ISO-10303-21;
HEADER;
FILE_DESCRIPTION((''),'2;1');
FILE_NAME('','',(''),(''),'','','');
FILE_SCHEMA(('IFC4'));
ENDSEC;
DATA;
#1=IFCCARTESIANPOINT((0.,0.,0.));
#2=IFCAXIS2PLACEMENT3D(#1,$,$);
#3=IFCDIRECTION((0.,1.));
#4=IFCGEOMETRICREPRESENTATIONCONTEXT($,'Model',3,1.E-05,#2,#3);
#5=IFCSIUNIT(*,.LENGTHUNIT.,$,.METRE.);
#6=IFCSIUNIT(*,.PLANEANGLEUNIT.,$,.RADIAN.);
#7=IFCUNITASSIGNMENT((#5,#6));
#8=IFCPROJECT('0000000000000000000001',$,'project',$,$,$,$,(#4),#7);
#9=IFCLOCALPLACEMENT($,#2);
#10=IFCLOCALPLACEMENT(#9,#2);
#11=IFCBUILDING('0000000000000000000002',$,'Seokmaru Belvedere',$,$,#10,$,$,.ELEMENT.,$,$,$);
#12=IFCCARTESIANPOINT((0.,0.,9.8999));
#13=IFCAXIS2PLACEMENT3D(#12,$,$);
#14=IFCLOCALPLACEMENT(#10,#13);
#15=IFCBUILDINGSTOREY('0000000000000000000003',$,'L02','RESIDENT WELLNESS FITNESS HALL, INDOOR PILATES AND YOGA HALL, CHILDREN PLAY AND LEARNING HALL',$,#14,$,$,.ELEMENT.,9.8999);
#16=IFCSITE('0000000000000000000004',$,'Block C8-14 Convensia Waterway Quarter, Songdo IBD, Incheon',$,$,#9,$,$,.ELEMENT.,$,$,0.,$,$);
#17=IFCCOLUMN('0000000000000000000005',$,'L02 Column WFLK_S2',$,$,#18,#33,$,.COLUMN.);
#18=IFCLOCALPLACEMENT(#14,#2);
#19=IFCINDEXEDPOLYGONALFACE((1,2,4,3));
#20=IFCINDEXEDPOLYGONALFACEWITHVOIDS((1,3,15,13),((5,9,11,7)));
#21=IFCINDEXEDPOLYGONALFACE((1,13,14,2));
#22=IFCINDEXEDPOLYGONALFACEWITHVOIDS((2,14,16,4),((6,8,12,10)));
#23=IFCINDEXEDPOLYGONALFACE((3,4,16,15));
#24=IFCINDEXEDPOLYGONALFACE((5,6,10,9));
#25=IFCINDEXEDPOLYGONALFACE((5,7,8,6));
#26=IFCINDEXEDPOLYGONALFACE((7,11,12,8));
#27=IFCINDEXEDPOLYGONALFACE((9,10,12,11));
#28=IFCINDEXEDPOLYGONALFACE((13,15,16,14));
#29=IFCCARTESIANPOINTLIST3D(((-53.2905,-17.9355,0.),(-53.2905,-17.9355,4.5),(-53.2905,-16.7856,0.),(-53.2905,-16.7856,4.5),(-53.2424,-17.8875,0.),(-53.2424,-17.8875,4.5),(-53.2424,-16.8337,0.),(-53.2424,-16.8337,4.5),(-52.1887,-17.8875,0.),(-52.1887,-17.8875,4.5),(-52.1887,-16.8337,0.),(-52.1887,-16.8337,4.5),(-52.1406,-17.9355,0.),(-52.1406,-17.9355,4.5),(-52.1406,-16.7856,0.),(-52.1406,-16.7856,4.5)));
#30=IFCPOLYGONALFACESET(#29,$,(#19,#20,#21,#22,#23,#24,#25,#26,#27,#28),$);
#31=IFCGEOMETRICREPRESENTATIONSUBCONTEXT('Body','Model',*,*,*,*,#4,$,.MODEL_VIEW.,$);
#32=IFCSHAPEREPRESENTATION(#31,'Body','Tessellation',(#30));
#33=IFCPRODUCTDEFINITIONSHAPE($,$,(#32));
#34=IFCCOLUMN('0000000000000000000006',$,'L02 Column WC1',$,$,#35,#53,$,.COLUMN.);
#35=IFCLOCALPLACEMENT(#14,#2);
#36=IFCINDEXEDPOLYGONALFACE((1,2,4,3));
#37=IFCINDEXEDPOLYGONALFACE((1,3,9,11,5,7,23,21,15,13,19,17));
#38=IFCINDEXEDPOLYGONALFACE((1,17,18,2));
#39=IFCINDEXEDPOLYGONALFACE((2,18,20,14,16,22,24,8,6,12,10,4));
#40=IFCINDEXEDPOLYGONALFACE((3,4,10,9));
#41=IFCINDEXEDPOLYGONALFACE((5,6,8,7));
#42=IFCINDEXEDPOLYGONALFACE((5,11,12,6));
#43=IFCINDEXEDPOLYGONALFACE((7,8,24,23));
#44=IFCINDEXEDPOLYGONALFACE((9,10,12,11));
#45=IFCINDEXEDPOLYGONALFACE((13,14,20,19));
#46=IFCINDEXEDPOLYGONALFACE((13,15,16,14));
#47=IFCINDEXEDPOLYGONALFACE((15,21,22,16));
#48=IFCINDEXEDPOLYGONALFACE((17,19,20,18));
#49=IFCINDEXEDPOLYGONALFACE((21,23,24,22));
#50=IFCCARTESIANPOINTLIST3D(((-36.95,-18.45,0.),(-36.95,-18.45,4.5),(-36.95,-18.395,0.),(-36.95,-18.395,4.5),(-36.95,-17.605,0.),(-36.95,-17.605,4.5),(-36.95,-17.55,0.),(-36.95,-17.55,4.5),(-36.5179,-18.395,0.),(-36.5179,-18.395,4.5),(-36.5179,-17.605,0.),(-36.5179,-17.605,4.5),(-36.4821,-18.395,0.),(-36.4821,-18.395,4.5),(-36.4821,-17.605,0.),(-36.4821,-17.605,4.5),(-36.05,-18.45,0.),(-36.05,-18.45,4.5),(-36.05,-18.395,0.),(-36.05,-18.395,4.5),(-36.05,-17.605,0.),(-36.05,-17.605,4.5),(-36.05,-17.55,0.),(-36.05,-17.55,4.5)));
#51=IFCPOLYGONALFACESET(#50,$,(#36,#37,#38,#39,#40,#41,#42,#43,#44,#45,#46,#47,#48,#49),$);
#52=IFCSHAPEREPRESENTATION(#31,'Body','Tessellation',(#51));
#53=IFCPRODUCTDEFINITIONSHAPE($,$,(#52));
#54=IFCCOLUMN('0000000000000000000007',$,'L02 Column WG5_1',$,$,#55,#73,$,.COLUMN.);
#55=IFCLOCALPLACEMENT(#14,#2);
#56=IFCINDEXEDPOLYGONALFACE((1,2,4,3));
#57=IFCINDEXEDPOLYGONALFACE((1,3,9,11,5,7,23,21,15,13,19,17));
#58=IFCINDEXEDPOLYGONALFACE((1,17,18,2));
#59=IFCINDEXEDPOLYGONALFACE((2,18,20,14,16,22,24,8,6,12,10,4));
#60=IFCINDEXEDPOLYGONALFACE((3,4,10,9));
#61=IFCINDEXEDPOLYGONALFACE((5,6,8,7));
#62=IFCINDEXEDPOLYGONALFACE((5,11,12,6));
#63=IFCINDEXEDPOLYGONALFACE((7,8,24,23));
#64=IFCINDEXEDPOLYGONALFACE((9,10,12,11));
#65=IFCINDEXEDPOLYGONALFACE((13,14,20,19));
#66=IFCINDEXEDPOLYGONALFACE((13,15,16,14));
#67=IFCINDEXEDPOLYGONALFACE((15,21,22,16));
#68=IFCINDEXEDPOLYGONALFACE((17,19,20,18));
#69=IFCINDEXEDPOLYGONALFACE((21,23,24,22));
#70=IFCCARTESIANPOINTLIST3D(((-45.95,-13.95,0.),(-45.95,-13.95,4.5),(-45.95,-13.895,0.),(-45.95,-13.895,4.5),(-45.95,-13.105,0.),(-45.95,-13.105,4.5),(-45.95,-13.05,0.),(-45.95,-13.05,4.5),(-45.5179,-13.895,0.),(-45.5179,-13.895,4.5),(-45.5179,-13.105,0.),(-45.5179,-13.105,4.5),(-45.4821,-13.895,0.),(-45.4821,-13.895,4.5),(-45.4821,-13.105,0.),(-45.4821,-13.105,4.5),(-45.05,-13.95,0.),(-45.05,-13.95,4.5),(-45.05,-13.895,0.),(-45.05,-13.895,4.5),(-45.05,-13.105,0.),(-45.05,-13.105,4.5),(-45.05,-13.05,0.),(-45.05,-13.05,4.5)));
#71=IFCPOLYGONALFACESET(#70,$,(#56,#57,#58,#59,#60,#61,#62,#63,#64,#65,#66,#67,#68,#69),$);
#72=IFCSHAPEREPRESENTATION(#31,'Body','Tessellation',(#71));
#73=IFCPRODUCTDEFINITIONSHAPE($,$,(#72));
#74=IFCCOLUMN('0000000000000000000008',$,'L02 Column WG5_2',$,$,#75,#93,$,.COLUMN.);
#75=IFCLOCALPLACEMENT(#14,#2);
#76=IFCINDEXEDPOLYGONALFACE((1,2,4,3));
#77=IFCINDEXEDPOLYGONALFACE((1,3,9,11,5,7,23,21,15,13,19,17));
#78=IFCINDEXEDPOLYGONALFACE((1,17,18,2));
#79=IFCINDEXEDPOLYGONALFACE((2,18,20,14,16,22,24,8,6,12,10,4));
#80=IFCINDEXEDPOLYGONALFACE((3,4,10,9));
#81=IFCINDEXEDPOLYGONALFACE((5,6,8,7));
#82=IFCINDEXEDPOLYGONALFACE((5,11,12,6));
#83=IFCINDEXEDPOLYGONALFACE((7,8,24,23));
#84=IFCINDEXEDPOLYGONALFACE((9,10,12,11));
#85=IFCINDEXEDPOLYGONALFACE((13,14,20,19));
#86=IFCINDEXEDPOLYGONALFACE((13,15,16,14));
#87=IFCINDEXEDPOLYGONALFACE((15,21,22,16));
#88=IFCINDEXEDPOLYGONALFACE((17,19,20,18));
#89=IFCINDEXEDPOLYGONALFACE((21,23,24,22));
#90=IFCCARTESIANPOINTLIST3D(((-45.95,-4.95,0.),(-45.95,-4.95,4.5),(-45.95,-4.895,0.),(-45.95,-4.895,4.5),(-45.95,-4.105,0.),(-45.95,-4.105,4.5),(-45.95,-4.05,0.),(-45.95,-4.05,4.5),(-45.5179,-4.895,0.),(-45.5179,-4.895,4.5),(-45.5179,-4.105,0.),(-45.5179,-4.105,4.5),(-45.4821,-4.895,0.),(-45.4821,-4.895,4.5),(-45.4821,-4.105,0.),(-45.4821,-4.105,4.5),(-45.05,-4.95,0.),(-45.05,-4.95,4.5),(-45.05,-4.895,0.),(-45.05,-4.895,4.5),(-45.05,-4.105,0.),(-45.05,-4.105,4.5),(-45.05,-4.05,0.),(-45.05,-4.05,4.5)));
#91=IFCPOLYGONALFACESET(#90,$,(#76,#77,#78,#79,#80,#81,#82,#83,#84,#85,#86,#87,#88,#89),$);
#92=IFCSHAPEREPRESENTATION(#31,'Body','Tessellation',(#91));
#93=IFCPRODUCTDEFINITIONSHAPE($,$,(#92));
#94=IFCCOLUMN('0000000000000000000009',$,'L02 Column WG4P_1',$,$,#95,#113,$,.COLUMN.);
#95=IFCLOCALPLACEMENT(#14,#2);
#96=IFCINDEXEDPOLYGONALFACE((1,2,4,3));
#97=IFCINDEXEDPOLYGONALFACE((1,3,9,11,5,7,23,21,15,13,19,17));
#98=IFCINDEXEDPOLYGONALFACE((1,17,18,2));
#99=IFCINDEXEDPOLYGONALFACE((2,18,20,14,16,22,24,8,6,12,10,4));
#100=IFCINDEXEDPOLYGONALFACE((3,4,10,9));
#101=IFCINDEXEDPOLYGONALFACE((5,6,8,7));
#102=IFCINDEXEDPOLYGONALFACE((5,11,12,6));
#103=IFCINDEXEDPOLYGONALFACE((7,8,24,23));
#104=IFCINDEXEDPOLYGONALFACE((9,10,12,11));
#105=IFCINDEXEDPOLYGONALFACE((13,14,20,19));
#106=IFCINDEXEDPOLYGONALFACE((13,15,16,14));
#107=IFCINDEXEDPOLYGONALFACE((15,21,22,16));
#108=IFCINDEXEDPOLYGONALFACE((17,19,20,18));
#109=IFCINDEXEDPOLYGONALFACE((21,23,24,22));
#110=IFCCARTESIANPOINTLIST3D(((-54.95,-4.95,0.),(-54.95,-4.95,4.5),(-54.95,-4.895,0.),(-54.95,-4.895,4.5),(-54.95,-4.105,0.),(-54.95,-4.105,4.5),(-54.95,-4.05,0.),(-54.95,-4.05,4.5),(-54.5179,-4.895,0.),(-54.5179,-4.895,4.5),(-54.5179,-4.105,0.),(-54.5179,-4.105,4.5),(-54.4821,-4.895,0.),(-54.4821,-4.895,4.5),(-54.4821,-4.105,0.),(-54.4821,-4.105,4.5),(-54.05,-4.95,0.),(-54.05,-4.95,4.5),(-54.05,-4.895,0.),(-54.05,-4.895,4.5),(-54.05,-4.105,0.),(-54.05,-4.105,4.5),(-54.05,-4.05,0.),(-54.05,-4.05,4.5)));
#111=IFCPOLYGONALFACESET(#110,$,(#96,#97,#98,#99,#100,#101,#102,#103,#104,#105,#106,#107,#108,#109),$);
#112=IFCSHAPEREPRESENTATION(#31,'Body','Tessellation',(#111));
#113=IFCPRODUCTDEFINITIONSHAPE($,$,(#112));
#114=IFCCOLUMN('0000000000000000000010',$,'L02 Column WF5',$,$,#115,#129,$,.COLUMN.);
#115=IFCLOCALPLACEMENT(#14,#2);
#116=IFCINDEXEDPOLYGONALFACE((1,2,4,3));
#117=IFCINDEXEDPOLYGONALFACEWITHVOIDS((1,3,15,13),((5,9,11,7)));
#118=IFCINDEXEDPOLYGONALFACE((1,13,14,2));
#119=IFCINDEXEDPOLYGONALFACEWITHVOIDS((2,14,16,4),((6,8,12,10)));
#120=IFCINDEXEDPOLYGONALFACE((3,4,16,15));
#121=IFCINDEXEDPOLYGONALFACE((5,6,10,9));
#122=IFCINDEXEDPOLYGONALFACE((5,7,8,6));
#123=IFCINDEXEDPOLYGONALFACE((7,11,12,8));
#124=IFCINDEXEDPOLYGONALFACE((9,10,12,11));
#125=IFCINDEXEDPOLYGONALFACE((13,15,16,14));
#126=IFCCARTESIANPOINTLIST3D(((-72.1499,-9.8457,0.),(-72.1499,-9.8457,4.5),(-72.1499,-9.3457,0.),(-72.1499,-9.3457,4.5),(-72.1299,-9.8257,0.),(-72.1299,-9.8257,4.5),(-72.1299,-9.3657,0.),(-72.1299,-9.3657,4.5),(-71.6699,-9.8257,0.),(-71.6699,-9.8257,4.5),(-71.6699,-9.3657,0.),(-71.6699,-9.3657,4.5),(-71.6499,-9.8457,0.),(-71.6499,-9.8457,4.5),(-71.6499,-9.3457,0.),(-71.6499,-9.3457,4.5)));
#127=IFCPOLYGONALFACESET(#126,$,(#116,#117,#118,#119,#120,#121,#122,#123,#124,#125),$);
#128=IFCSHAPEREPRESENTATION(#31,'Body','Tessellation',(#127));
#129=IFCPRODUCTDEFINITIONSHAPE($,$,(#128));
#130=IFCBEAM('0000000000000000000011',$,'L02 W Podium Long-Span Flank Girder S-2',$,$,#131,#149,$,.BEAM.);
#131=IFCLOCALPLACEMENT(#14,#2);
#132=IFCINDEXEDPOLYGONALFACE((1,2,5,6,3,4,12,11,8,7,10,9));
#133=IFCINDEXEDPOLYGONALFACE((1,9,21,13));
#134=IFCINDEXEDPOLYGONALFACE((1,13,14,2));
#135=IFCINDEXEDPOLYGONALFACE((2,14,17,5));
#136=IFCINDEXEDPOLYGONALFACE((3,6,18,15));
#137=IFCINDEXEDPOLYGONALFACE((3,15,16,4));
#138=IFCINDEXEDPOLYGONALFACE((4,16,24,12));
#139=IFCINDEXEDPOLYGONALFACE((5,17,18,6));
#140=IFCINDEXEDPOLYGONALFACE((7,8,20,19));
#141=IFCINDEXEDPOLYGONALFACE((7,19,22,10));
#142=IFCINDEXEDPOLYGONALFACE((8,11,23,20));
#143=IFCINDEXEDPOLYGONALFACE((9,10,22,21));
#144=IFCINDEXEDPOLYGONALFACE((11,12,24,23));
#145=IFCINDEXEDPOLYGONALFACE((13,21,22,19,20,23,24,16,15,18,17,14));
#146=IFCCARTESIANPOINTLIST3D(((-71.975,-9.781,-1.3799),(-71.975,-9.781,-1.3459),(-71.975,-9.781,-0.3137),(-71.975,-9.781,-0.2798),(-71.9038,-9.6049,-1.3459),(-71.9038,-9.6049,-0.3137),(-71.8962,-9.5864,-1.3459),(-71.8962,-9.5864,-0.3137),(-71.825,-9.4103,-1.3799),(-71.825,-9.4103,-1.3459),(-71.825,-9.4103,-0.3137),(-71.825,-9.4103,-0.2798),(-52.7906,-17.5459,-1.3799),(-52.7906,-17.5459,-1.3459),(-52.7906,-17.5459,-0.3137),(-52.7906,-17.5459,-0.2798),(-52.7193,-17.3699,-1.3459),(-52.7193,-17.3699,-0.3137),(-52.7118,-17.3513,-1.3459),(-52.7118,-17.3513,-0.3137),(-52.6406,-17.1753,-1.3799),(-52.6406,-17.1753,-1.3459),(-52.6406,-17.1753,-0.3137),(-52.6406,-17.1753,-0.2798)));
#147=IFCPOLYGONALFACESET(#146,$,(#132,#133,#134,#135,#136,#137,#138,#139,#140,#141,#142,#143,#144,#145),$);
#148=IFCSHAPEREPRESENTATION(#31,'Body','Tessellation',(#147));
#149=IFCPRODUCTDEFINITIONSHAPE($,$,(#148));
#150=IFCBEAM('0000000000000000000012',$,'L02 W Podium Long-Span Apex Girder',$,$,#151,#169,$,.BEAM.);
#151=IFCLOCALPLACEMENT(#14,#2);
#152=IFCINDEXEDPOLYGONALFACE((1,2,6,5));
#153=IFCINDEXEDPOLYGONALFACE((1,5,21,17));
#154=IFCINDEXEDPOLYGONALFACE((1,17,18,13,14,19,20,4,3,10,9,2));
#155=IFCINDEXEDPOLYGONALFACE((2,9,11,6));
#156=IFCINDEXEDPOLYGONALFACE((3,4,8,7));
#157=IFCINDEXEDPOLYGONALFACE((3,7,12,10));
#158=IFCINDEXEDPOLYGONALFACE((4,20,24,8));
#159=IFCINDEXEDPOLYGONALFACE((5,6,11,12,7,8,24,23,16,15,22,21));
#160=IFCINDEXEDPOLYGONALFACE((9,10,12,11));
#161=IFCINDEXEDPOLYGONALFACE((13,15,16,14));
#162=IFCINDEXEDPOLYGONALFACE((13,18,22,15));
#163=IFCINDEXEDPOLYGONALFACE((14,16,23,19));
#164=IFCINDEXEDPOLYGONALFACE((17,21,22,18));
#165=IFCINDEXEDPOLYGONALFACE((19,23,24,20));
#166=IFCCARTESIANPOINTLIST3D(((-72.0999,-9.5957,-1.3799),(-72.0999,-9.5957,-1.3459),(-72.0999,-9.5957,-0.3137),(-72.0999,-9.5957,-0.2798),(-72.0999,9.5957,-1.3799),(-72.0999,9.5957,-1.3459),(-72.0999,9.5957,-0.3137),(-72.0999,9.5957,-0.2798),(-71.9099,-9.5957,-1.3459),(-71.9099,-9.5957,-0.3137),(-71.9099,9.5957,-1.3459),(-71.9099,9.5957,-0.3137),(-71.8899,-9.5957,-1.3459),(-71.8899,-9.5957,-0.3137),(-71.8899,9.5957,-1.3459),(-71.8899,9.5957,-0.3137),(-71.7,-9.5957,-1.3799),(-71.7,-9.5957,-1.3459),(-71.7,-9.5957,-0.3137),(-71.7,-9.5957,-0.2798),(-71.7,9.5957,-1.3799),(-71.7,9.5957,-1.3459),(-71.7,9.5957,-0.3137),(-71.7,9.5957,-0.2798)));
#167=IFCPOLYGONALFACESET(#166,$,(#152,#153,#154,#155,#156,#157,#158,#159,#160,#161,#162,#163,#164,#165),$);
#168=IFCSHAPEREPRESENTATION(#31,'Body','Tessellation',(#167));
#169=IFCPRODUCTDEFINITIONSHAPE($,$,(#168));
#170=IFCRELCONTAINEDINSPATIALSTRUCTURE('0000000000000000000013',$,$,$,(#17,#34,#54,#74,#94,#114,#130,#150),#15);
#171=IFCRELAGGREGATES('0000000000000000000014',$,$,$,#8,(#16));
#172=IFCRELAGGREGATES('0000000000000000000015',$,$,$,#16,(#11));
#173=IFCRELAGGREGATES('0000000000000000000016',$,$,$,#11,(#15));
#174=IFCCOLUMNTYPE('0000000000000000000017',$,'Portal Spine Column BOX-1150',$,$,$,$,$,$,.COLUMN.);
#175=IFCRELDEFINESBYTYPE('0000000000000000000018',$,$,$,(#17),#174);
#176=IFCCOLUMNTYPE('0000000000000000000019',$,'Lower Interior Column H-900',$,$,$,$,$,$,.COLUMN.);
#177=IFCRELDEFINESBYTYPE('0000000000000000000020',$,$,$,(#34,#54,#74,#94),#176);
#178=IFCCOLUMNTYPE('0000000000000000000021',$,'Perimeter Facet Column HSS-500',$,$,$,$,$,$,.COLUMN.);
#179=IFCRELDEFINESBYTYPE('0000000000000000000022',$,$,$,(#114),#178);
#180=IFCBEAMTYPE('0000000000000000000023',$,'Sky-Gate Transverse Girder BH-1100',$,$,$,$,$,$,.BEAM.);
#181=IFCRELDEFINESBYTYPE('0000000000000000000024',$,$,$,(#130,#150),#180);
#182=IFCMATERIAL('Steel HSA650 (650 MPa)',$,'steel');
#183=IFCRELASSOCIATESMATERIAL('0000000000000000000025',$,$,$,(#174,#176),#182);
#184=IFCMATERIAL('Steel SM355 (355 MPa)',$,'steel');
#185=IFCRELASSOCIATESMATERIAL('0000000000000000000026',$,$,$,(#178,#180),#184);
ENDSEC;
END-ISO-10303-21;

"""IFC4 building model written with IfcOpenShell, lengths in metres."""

from ifc_helpers import new_model, si_unit, direction, frame, origin, origin_2d, place, context, subcontext, project, spatial, hollow_rectangle, i_section, extrude, source, transform, mapped, material, material_profile, profile_set, type_object, type_shapes, element, save


model = new_model("IFC4")

# Units and contexts
model_context = context("Model", 3, precision=1e-05, world=origin(), true_north=direction((0.0, 1.0)))
body_context = subcontext(model_context, "Body", "Model", "MODEL_VIEW")
ifc_project = project(units=[si_unit("LENGTHUNIT", "METRE"), si_unit("PLANEANGLEUNIT", "RADIAN")], contexts=[model_context])

# Site, building, storey
site_placement = place(None, origin())
site = spatial("IfcSite", under=ifc_project, at=site_placement, Name="Block C8-14 Convensia Waterway Quarter, Songdo IBD, Incheon", CompositionType="ELEMENT", RefElevation=0.0)
building_placement = place(site_placement, origin())
building = spatial("IfcBuilding", under=site, at=building_placement, Name="Seokmaru Belvedere", CompositionType="ELEMENT")
storey_placement = place(building_placement, frame((0.0, 0.0, 9.8999)))
storey = spatial("IfcBuildingStorey", under=building, at=storey_placement, Name="L02", Description="RESIDENT WELLNESS FITNESS HALL, INDOOR PILATES AND YOGA HALL, CHILDREN PLAY AND LEARNING HALL", CompositionType="ELEMENT", Elevation=9.8999)

# Columns
ifc_material_1 = material(Name="Steel HSA650 (650 MPa)", Category="steel")
ifc_material_profile_1 = material_profile(ifc_material_1, hollow_rectangle(XDim=1.1499, YDim=1.1499, WallThickness=0.0481, at=origin_2d()), Name="BOX-1150x1150x48")
ifc_profile_set_1 = profile_set([ifc_material_profile_1], Name="Steel HSA650 (650 MPa)")
column_type_1 = type_object("IfcColumnType", Name="Portal Spine Column BOX-1150", PredefinedType="COLUMN", material=ifc_profile_set_1)
shared_shape_1 = source(origin(), body_context, "Body", "SweptSolid", [
    extrude(hollow_rectangle(XDim=1.1499, YDim=1.1499, WallThickness=0.0481, at=origin_2d()), origin(), (0.0, 0.0, 1.0), 4.5),
])
type_shapes(column_type_1, [shared_shape_1])
column_1_placement = place(storey_placement, frame((-52.7156, -17.3606, 0.0), z_axis=(0.0, 0.0, 1.0), x_axis=(1.0, 0.0, 0.0)))
element("IfcColumn", 1, at=column_1_placement, inside=storey, type_object=column_type_1, Name="L02 Column WFLK_S2", PredefinedType="COLUMN", context=body_context, shape_type="MappedRepresentation", body=[
    mapped(shared_shape_1, transform((0.0, 0.0, 0.0), scale=1.0)),
])
ifc_material_profile_2 = material_profile(ifc_material_1, i_section(OverallWidth=0.8999, OverallDepth=0.8999, WebThickness=0.0359, FlangeThickness=0.0549, at=origin_2d()), Name="H-900x900x36x55")
ifc_profile_set_2 = profile_set([ifc_material_profile_2], Name="Steel HSA650 (650 MPa)")
column_type_2 = type_object("IfcColumnType", Name="Lower Interior Column H-900", PredefinedType="COLUMN", material=ifc_profile_set_2)
shared_shape_2 = source(origin(), body_context, "Body", "SweptSolid", [
    extrude(i_section(OverallWidth=0.8999, OverallDepth=0.8999, WebThickness=0.0359, FlangeThickness=0.0549, at=origin_2d()), origin(), (0.0, 0.0, 1.0), 4.5),
])
type_shapes(column_type_2, [shared_shape_2])
for number, where, z_axis, x_axis, name in (
    (2, (-36.5, -18.0, 0.0), (0.0, 0.0, 1.0), (1.0, 0.0, 0.0), "L02 Column WC1"),
    (3, (-45.5, -13.5, 0.0), (0.0, 0.0, 1.0), (1.0, 0.0, 0.0), "L02 Column WG5_1"),
    (4, (-45.5, -4.5, 0.0), (0.0, 0.0, 1.0), (1.0, 0.0, 0.0), "L02 Column WG5_2"),
    (5, (-54.5, -4.5, 0.0), (0.0, 0.0, 1.0), (1.0, 0.0, 0.0), "L02 Column WG4P_1"),
):
    element("IfcColumn", number, at=place(storey_placement, frame(where, z_axis=z_axis, x_axis=x_axis)), inside=storey, type_object=column_type_2, Name=name, PredefinedType="COLUMN", context=body_context, shape_type="MappedRepresentation", body=[
        mapped(shared_shape_2, transform((0.0, 0.0, 0.0), scale=1.0)),
    ])
ifc_material_2 = material(Name="Steel SM355 (355 MPa)", Category="steel")
ifc_material_profile_3 = material_profile(ifc_material_2, hollow_rectangle(XDim=0.5, YDim=0.5, WallThickness=0.02, at=origin_2d()), Name="HSS-500x500x20")
ifc_profile_set_3 = profile_set([ifc_material_profile_3], Name="Steel SM355 (355 MPa)")
column_type_3 = type_object("IfcColumnType", Name="Perimeter Facet Column HSS-500", PredefinedType="COLUMN", material=ifc_profile_set_3)
shared_shape_3 = source(origin(), body_context, "Body", "SweptSolid", [
    extrude(hollow_rectangle(XDim=0.5, YDim=0.5, WallThickness=0.02, at=origin_2d()), origin(), (0.0, 0.0, 1.0), 4.5),
])
type_shapes(column_type_3, [shared_shape_3])
column_2_placement = place(storey_placement, frame((-71.8999, -9.5957, 0.0), z_axis=(0.0, 0.0, 1.0), x_axis=(1.0, 0.0, 0.0)))
element("IfcColumn", 6, at=column_2_placement, inside=storey, type_object=column_type_3, Name="L02 Column WF5", PredefinedType="COLUMN", context=body_context, shape_type="MappedRepresentation", body=[
    mapped(shared_shape_3, transform((0.0, 0.0, 0.0), scale=1.0)),
])

# Beams
ifc_material_profile_4 = material_profile(ifc_material_2, i_section(OverallWidth=0.3999, OverallDepth=1.1001, WebThickness=0.02, FlangeThickness=0.0339, at=origin_2d()), Name="BH-1100x400x20x34")
ifc_profile_set_4 = profile_set([ifc_material_profile_4], Name="Steel SM355 (355 MPa)")
beam_type_1 = type_object("IfcBeamType", Name="Sky-Gate Transverse Girder BH-1100", PredefinedType="BEAM", material=ifc_profile_set_4)
shared_shape_4 = source(origin(), body_context, "Body", "SweptSolid", [
    extrude(i_section(OverallWidth=0.3999, OverallDepth=1.1001, WebThickness=0.02, FlangeThickness=0.0339, at=origin_2d()), origin(), (0.0, 0.0, 1.0), 20.6963),
])
beam_1_placement = place(storey_placement, frame((-52.7156, -17.3606, -0.8298), z_axis=(-0.92695, 0.375185, 0.0), x_axis=(-0.375185, -0.92695, 0.0)))
element("IfcBeam", 7, at=beam_1_placement, inside=storey, type_object=beam_type_1, Name="L02 W Podium Long-Span Flank Girder S-2", PredefinedType="BEAM", context=body_context, shape_type="MappedRepresentation", body=[
    mapped(shared_shape_4, transform((0.0, 0.0, 0.0), scale=1.0)),
])
shared_shape_5 = source(origin(), body_context, "Body", "SweptSolid", [
    extrude(i_section(OverallWidth=0.3999, OverallDepth=1.1001, WebThickness=0.02, FlangeThickness=0.0339, at=origin_2d()), origin(), (0.0, 0.0, 1.0), 19.1914),
])
type_shapes(beam_type_1, [shared_shape_4, shared_shape_5])
beam_2_placement = place(storey_placement, frame((-71.8999, -9.5957, -0.8298), z_axis=(0.0, 1.0, 0.0), x_axis=(-1.0, 0.0, 0.0)))
element("IfcBeam", 8, at=beam_2_placement, inside=storey, type_object=beam_type_1, Name="L02 W Podium Long-Span Apex Girder", PredefinedType="BEAM", context=body_context, shape_type="MappedRepresentation", body=[
    mapped(shared_shape_5, transform((0.0, 0.0, 0.0), scale=1.0)),
])

save(model, "model.ifc")
